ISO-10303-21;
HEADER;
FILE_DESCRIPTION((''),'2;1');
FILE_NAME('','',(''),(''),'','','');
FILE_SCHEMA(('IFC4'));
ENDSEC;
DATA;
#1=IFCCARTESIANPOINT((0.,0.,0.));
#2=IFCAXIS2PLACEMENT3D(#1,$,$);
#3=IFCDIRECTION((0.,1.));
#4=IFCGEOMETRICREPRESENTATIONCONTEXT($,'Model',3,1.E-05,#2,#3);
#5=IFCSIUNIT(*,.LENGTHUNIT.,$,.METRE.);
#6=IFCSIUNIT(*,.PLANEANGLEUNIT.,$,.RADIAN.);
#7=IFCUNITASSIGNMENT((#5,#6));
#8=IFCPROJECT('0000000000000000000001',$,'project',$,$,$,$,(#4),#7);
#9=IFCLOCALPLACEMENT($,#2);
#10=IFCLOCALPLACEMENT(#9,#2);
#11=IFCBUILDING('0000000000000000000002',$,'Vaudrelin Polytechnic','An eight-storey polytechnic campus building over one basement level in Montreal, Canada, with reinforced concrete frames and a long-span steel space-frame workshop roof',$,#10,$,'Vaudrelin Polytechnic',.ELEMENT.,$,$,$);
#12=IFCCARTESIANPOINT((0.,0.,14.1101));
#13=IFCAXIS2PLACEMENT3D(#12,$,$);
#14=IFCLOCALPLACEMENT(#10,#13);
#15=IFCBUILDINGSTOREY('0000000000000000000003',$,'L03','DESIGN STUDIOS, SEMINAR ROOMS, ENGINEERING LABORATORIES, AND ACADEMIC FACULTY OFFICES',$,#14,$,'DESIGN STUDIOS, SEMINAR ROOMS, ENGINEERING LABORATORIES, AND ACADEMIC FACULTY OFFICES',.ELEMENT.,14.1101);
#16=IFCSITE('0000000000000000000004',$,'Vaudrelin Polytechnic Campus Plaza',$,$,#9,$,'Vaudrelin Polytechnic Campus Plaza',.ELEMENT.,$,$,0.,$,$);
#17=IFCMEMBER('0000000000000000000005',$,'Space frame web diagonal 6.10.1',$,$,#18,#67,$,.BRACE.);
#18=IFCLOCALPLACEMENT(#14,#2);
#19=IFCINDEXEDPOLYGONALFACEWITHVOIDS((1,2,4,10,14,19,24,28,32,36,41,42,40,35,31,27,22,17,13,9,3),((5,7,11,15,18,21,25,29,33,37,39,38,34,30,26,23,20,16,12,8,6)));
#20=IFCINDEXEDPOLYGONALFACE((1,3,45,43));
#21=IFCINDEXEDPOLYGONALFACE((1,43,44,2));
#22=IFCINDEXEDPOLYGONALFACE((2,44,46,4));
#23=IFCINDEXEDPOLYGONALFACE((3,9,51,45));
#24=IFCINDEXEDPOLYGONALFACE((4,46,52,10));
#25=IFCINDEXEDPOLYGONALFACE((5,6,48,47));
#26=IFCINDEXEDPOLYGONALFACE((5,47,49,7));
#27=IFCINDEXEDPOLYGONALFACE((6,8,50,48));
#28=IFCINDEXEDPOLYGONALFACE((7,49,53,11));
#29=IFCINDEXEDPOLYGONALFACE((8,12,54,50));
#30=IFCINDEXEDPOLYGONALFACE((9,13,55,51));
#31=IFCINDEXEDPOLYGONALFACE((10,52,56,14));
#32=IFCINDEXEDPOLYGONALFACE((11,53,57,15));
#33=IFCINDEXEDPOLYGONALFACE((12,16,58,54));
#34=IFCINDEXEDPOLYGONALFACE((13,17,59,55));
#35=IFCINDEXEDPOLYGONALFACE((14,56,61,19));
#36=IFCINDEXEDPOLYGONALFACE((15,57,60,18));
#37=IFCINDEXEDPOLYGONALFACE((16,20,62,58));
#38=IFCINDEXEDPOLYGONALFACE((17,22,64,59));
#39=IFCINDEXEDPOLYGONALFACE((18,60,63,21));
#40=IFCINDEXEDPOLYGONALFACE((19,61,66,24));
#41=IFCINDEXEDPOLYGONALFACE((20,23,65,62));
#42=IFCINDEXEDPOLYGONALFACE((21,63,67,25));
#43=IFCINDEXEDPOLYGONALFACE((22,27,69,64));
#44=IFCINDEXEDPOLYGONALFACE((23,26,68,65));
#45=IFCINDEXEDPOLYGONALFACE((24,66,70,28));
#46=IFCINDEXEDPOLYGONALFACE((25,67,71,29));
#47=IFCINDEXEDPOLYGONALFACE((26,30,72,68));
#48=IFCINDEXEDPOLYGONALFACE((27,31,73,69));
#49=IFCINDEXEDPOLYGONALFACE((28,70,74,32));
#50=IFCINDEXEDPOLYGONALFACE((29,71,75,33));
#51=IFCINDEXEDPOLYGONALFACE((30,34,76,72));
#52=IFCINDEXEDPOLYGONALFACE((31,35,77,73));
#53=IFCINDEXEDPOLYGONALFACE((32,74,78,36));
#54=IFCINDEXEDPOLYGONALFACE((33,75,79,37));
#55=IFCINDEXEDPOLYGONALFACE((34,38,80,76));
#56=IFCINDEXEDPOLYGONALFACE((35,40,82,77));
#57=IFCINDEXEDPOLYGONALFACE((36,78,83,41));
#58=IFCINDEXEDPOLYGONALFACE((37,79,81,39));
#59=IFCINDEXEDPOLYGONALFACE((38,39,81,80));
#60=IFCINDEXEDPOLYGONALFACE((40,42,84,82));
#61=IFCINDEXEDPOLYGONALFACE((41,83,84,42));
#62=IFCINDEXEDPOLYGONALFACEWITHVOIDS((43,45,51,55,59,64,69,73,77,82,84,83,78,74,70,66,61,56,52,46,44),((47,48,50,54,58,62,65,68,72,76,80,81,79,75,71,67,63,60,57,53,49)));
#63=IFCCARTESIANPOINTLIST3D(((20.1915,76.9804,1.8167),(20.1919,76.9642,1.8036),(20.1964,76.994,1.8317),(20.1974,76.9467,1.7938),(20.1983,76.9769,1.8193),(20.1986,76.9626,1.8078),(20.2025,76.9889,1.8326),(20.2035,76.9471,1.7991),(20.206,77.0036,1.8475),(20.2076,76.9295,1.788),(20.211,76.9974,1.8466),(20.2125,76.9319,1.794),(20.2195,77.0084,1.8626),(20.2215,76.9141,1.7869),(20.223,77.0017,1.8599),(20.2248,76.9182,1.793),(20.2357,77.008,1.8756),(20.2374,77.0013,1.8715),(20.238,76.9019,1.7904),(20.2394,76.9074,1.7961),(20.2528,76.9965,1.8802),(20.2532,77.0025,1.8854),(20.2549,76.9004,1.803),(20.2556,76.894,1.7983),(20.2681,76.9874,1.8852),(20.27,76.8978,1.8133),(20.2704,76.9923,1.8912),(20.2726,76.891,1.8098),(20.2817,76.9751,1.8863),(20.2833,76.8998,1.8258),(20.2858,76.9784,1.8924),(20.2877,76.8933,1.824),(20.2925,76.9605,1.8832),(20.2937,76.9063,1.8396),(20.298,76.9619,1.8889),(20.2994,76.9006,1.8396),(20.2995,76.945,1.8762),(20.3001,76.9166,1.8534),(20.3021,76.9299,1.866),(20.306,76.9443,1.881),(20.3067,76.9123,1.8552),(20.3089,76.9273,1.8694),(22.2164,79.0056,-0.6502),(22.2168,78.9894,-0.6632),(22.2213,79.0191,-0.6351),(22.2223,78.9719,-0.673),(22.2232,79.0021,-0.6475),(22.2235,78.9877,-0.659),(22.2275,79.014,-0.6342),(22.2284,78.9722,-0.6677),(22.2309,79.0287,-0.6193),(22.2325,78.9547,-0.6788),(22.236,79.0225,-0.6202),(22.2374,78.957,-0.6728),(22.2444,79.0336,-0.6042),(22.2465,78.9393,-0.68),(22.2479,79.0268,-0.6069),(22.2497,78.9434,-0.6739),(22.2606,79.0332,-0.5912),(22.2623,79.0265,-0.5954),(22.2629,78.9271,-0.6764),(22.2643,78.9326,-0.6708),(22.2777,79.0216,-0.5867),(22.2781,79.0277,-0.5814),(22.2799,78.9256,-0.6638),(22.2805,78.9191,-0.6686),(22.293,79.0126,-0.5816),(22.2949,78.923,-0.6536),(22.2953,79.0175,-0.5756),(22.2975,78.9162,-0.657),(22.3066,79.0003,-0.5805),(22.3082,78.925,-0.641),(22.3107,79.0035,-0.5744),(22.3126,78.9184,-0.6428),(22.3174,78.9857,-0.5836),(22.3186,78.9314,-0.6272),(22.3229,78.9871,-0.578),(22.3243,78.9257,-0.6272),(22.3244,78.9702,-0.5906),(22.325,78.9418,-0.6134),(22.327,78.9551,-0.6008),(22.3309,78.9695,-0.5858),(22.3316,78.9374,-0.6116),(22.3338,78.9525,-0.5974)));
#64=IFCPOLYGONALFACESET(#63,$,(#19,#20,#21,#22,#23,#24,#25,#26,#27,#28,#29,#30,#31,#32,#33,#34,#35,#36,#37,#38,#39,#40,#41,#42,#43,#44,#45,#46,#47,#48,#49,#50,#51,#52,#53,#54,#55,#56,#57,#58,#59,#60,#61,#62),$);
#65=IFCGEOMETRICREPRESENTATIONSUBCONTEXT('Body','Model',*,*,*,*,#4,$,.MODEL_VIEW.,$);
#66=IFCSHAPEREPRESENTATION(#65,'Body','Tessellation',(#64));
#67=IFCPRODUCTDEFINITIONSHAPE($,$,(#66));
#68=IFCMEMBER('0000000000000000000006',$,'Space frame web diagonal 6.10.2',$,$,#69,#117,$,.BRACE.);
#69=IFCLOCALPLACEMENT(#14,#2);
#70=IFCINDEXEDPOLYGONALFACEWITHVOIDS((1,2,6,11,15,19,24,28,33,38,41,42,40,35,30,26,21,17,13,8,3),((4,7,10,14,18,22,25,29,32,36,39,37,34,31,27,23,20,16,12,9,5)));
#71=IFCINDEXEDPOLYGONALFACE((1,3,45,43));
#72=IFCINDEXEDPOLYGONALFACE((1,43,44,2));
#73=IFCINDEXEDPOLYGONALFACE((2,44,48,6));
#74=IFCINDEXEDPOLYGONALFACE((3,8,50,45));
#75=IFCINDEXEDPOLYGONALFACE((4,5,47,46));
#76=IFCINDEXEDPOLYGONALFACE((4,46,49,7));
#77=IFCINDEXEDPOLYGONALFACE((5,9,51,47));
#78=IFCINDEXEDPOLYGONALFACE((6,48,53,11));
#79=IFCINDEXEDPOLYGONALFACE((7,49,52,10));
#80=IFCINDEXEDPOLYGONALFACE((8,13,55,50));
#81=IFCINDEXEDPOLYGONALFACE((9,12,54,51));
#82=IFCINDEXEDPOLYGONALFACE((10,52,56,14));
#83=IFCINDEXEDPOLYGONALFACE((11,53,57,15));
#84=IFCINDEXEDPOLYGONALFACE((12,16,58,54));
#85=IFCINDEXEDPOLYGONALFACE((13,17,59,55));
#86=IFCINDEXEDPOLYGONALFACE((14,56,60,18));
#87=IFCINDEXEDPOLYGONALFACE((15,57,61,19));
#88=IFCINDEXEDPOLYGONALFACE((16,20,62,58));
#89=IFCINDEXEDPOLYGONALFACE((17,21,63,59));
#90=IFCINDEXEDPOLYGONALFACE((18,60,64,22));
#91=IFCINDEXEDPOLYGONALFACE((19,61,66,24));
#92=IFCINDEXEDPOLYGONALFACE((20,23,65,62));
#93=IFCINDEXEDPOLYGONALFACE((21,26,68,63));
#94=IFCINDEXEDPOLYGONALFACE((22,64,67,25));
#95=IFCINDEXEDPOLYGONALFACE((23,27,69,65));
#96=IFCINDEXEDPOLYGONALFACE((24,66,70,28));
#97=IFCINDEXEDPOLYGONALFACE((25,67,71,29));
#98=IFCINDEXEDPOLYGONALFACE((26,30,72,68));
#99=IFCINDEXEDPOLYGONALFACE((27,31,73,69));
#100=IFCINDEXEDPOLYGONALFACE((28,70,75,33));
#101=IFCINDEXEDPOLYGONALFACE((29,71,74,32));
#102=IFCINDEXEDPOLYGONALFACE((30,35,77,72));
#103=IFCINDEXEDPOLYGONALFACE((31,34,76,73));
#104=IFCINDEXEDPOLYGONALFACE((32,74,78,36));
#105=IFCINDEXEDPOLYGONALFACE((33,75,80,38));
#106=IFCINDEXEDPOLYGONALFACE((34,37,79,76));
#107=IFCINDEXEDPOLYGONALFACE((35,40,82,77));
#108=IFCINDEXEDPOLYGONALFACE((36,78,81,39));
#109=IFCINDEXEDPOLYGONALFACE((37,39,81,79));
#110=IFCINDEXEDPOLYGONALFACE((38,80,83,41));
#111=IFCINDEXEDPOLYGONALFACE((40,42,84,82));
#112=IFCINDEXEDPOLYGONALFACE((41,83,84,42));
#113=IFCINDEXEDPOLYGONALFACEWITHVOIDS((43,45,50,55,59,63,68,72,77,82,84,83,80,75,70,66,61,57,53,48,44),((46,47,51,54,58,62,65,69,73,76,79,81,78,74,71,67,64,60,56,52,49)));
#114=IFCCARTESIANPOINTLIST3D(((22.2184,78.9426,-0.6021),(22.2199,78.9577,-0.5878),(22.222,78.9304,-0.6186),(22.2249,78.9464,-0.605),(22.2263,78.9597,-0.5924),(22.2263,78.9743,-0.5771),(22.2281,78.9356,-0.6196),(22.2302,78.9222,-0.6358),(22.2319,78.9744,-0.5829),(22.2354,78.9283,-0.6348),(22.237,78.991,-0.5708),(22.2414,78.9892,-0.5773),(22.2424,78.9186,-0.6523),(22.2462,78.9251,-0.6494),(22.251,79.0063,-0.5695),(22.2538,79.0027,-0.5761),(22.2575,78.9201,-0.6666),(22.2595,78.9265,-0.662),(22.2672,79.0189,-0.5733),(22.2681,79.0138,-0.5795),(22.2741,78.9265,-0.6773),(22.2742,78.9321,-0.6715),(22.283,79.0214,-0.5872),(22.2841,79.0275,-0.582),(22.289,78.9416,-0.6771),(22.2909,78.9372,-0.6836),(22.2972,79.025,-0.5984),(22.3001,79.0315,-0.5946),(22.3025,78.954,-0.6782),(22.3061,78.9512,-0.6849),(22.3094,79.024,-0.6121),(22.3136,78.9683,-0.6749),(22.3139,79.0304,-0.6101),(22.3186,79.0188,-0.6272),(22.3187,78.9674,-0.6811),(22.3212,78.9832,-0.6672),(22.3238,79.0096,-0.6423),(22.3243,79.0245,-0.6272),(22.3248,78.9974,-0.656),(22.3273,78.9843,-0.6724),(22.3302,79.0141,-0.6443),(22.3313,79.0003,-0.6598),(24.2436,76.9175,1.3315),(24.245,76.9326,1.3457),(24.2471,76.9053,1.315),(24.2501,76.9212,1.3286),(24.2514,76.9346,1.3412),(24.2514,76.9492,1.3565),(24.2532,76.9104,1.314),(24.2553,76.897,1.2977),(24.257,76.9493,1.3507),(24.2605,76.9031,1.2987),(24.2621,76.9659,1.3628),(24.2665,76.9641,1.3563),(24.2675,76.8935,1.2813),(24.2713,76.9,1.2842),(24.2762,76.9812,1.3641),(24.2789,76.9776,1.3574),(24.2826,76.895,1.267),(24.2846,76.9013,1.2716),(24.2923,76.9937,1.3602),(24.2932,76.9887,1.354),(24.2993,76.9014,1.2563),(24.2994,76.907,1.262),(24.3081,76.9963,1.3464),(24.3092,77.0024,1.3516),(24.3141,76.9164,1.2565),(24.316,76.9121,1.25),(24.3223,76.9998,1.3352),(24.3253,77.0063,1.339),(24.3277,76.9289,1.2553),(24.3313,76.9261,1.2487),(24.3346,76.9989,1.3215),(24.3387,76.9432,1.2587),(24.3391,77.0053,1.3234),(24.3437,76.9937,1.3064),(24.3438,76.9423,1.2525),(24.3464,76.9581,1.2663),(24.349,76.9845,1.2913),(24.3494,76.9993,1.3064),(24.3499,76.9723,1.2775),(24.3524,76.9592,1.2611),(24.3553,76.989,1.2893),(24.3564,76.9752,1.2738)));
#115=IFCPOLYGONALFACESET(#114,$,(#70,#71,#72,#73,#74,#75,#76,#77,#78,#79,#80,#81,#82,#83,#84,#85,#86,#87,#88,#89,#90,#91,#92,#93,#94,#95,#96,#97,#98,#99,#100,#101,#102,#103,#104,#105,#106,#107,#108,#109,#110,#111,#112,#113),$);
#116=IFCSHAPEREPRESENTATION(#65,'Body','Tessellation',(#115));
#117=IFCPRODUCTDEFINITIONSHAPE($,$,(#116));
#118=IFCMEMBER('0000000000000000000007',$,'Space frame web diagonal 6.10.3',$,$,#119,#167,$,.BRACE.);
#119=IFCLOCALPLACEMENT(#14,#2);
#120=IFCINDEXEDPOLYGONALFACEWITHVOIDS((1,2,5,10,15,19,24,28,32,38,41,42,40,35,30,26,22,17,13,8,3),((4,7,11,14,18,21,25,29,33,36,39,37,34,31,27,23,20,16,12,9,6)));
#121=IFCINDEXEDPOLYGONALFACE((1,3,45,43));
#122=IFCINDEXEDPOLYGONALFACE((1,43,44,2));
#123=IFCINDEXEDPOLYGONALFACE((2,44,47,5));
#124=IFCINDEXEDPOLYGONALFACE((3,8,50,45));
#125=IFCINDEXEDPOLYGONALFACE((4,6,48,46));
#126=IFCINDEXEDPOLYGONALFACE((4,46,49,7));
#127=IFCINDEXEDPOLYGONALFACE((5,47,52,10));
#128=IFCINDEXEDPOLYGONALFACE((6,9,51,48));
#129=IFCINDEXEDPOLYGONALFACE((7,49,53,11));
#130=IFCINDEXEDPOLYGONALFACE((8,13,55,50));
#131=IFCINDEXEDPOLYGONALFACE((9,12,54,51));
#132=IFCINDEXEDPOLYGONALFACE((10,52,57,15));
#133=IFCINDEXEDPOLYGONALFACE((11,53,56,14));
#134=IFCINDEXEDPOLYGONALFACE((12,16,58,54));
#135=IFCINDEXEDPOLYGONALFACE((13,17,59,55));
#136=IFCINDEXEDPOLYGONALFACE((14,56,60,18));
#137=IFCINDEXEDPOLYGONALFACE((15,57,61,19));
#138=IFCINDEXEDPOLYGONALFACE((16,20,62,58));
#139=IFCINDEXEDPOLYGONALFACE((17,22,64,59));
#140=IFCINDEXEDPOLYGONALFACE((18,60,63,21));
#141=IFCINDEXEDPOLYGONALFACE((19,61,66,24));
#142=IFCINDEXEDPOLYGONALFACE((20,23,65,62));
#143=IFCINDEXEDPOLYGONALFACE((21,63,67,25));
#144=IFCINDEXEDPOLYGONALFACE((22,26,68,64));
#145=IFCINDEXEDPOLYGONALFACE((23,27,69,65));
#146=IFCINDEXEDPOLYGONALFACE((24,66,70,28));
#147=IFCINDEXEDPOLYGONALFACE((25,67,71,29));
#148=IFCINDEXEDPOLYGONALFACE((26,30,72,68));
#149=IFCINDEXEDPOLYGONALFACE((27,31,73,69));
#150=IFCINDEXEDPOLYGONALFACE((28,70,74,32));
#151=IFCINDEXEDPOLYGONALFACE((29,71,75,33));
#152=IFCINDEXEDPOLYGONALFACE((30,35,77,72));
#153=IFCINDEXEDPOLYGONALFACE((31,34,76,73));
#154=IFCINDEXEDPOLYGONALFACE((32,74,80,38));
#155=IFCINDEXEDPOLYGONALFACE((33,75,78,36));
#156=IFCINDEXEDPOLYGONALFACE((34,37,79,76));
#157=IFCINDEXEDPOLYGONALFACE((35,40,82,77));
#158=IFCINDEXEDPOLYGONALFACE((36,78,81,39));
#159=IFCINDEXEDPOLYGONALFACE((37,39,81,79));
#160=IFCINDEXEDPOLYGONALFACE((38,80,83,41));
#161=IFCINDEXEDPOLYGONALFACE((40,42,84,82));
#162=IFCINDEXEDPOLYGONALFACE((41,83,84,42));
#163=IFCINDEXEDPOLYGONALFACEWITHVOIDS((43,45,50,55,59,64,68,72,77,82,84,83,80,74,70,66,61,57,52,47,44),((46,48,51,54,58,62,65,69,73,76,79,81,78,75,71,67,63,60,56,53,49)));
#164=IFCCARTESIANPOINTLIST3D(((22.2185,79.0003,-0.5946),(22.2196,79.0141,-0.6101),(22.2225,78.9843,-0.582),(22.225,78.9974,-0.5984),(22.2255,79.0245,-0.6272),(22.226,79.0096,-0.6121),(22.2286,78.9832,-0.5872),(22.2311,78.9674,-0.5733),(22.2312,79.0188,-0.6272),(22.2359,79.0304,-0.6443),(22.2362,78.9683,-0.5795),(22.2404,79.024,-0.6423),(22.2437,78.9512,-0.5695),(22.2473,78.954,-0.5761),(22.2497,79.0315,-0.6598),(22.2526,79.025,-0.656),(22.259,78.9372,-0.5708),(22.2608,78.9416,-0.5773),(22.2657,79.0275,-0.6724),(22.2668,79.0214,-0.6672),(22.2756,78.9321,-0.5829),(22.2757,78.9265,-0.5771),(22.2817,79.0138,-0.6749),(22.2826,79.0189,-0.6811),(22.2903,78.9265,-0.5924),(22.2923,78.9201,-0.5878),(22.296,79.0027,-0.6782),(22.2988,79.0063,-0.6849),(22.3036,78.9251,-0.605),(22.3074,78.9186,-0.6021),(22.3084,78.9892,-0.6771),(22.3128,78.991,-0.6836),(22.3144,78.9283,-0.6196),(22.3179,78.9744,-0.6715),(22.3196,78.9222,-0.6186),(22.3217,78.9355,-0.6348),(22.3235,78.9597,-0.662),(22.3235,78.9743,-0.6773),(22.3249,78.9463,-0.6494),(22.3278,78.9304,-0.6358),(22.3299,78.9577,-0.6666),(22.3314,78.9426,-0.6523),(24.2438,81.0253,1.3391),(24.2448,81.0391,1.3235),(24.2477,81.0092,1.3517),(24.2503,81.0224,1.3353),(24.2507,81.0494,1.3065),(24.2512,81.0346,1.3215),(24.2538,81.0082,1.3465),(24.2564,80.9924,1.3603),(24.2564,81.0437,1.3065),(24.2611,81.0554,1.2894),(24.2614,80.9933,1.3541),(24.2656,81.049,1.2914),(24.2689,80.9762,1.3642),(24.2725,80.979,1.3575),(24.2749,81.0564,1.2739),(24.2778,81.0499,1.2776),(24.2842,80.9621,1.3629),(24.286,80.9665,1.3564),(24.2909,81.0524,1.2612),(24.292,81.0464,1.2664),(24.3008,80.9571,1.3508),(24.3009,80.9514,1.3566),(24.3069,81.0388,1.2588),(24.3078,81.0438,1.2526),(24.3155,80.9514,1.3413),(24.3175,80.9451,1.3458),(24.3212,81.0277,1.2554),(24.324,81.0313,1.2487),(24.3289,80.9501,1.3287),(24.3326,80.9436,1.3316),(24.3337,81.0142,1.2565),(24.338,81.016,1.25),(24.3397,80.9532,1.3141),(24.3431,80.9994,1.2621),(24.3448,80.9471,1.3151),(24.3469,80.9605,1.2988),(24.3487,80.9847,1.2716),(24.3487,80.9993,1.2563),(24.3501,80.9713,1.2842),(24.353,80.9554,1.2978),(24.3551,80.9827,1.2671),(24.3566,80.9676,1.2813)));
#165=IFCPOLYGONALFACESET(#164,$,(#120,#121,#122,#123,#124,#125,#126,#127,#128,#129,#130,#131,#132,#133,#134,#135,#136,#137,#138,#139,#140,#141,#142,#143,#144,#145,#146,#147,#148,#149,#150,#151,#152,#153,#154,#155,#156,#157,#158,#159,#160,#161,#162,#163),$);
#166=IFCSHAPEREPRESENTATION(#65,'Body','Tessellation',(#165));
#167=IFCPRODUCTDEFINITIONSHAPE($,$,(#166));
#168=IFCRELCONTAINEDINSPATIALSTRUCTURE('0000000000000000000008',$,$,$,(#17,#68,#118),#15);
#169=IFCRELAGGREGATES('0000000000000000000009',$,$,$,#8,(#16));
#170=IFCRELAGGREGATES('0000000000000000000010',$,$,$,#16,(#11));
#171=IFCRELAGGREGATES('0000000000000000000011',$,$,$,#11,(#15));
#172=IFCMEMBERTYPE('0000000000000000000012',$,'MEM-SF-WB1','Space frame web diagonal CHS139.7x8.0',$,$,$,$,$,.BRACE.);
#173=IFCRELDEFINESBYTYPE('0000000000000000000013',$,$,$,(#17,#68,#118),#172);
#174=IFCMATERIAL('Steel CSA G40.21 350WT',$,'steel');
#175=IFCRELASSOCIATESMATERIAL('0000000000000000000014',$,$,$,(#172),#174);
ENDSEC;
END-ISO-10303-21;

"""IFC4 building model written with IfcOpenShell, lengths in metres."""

from ifc_helpers import new_model, si_unit, direction, frame, origin, origin_2d, place, context, subcontext, project, spatial, hollow_circle, extrude, material, material_profile, profile_set, type_object, element, save


model = new_model("IFC4")

# Units and contexts
model_context = context("Model", 3, precision=1e-05, world=origin(), true_north=direction((0.0, 1.0)))
body_context = subcontext(model_context, "Body", "Model", "MODEL_VIEW")
ifc_project = project(units=[si_unit("LENGTHUNIT", "METRE"), si_unit("PLANEANGLEUNIT", "RADIAN")], contexts=[model_context])

# Site, building, storey
site_placement = place(None, origin())
site = spatial("IfcSite", under=ifc_project, at=site_placement, Name="Vaudrelin Polytechnic Campus Plaza", LongName="Vaudrelin Polytechnic Campus Plaza", CompositionType="ELEMENT", RefElevation=0.0)
building_placement = place(site_placement, origin())
building = spatial("IfcBuilding", under=site, at=building_placement, Name="Vaudrelin Polytechnic", Description="An eight-storey polytechnic campus building over one basement level in Montreal, Canada, with reinforced concrete frames and a long-span steel space-frame workshop roof", LongName="Vaudrelin Polytechnic", CompositionType="ELEMENT")
storey_placement = place(building_placement, frame((0.0, 0.0, 14.1101)))
storey = spatial("IfcBuildingStorey", under=building, at=storey_placement, Name="L03", Description="DESIGN STUDIOS, SEMINAR ROOMS, ENGINEERING LABORATORIES, AND ACADEMIC FACULTY OFFICES", LongName="DESIGN STUDIOS, SEMINAR ROOMS, ENGINEERING LABORATORIES, AND ACADEMIC FACULTY OFFICES", CompositionType="ELEMENT", Elevation=14.1101)

# Members
ifc_material = material(Name="Steel CSA G40.21 350WT", Category="steel")
ifc_material_profile_1 = material_profile(ifc_material, hollow_circle(Radius=0.0698, WallThickness=0.0081, at=origin_2d()), Name="CHS139.7x8.0")
ifc_profile_set_1 = profile_set([ifc_material_profile_1], Name="Steel CSA G40.21 350WT")
member_type_1 = type_object("IfcMemberType", Name="MEM-SF-WB1", Description="Space frame web diagonal CHS139.7x8.0", PredefinedType="BRACE", material=ifc_profile_set_1)
member_1_placement = place(storey_placement, frame((22.2749, 78.9751, -0.6272), z_axis=(-0.535723, -0.535788, 0.652634), x_axis=(0.707149, -0.707064, 0.0)))
element("IfcMember", 1, at=member_1_placement, inside=storey, type_object=member_type_1, Name="Space frame web diagonal 6.10.1", PredefinedType="BRACE", context=body_context, shape_type="SweptSolid", body=[
    extrude(hollow_circle(Radius=0.0698, WallThickness=0.0081, at=origin_2d()), origin(), (0.0, 0.0, 1.0), 3.7798),
])
for number, where, z_axis, x_axis, name in (
    (2, (22.2749, 78.9751, -0.6272), (0.586046, -0.586046, 0.559553), (0.707107, 0.707107, 0.0), "Space frame web diagonal 6.10.2"),
    (3, (22.2749, 78.9751, -0.6272), (0.586071, 0.586, 0.559576), (-0.707064, 0.707149, 0.0), "Space frame web diagonal 6.10.3"),
):
    element("IfcMember", number, at=place(storey_placement, frame(where, z_axis=z_axis, x_axis=x_axis)), inside=storey, type_object=member_type_1, Name=name, PredefinedType="BRACE", context=body_context, shape_type="SweptSolid", body=[
        extrude(hollow_circle(Radius=0.0698, WallThickness=0.0081, at=origin_2d()), origin(), (0.0, 0.0, 1.0), 3.4556),
    ])

save(model, "model.ifc")
